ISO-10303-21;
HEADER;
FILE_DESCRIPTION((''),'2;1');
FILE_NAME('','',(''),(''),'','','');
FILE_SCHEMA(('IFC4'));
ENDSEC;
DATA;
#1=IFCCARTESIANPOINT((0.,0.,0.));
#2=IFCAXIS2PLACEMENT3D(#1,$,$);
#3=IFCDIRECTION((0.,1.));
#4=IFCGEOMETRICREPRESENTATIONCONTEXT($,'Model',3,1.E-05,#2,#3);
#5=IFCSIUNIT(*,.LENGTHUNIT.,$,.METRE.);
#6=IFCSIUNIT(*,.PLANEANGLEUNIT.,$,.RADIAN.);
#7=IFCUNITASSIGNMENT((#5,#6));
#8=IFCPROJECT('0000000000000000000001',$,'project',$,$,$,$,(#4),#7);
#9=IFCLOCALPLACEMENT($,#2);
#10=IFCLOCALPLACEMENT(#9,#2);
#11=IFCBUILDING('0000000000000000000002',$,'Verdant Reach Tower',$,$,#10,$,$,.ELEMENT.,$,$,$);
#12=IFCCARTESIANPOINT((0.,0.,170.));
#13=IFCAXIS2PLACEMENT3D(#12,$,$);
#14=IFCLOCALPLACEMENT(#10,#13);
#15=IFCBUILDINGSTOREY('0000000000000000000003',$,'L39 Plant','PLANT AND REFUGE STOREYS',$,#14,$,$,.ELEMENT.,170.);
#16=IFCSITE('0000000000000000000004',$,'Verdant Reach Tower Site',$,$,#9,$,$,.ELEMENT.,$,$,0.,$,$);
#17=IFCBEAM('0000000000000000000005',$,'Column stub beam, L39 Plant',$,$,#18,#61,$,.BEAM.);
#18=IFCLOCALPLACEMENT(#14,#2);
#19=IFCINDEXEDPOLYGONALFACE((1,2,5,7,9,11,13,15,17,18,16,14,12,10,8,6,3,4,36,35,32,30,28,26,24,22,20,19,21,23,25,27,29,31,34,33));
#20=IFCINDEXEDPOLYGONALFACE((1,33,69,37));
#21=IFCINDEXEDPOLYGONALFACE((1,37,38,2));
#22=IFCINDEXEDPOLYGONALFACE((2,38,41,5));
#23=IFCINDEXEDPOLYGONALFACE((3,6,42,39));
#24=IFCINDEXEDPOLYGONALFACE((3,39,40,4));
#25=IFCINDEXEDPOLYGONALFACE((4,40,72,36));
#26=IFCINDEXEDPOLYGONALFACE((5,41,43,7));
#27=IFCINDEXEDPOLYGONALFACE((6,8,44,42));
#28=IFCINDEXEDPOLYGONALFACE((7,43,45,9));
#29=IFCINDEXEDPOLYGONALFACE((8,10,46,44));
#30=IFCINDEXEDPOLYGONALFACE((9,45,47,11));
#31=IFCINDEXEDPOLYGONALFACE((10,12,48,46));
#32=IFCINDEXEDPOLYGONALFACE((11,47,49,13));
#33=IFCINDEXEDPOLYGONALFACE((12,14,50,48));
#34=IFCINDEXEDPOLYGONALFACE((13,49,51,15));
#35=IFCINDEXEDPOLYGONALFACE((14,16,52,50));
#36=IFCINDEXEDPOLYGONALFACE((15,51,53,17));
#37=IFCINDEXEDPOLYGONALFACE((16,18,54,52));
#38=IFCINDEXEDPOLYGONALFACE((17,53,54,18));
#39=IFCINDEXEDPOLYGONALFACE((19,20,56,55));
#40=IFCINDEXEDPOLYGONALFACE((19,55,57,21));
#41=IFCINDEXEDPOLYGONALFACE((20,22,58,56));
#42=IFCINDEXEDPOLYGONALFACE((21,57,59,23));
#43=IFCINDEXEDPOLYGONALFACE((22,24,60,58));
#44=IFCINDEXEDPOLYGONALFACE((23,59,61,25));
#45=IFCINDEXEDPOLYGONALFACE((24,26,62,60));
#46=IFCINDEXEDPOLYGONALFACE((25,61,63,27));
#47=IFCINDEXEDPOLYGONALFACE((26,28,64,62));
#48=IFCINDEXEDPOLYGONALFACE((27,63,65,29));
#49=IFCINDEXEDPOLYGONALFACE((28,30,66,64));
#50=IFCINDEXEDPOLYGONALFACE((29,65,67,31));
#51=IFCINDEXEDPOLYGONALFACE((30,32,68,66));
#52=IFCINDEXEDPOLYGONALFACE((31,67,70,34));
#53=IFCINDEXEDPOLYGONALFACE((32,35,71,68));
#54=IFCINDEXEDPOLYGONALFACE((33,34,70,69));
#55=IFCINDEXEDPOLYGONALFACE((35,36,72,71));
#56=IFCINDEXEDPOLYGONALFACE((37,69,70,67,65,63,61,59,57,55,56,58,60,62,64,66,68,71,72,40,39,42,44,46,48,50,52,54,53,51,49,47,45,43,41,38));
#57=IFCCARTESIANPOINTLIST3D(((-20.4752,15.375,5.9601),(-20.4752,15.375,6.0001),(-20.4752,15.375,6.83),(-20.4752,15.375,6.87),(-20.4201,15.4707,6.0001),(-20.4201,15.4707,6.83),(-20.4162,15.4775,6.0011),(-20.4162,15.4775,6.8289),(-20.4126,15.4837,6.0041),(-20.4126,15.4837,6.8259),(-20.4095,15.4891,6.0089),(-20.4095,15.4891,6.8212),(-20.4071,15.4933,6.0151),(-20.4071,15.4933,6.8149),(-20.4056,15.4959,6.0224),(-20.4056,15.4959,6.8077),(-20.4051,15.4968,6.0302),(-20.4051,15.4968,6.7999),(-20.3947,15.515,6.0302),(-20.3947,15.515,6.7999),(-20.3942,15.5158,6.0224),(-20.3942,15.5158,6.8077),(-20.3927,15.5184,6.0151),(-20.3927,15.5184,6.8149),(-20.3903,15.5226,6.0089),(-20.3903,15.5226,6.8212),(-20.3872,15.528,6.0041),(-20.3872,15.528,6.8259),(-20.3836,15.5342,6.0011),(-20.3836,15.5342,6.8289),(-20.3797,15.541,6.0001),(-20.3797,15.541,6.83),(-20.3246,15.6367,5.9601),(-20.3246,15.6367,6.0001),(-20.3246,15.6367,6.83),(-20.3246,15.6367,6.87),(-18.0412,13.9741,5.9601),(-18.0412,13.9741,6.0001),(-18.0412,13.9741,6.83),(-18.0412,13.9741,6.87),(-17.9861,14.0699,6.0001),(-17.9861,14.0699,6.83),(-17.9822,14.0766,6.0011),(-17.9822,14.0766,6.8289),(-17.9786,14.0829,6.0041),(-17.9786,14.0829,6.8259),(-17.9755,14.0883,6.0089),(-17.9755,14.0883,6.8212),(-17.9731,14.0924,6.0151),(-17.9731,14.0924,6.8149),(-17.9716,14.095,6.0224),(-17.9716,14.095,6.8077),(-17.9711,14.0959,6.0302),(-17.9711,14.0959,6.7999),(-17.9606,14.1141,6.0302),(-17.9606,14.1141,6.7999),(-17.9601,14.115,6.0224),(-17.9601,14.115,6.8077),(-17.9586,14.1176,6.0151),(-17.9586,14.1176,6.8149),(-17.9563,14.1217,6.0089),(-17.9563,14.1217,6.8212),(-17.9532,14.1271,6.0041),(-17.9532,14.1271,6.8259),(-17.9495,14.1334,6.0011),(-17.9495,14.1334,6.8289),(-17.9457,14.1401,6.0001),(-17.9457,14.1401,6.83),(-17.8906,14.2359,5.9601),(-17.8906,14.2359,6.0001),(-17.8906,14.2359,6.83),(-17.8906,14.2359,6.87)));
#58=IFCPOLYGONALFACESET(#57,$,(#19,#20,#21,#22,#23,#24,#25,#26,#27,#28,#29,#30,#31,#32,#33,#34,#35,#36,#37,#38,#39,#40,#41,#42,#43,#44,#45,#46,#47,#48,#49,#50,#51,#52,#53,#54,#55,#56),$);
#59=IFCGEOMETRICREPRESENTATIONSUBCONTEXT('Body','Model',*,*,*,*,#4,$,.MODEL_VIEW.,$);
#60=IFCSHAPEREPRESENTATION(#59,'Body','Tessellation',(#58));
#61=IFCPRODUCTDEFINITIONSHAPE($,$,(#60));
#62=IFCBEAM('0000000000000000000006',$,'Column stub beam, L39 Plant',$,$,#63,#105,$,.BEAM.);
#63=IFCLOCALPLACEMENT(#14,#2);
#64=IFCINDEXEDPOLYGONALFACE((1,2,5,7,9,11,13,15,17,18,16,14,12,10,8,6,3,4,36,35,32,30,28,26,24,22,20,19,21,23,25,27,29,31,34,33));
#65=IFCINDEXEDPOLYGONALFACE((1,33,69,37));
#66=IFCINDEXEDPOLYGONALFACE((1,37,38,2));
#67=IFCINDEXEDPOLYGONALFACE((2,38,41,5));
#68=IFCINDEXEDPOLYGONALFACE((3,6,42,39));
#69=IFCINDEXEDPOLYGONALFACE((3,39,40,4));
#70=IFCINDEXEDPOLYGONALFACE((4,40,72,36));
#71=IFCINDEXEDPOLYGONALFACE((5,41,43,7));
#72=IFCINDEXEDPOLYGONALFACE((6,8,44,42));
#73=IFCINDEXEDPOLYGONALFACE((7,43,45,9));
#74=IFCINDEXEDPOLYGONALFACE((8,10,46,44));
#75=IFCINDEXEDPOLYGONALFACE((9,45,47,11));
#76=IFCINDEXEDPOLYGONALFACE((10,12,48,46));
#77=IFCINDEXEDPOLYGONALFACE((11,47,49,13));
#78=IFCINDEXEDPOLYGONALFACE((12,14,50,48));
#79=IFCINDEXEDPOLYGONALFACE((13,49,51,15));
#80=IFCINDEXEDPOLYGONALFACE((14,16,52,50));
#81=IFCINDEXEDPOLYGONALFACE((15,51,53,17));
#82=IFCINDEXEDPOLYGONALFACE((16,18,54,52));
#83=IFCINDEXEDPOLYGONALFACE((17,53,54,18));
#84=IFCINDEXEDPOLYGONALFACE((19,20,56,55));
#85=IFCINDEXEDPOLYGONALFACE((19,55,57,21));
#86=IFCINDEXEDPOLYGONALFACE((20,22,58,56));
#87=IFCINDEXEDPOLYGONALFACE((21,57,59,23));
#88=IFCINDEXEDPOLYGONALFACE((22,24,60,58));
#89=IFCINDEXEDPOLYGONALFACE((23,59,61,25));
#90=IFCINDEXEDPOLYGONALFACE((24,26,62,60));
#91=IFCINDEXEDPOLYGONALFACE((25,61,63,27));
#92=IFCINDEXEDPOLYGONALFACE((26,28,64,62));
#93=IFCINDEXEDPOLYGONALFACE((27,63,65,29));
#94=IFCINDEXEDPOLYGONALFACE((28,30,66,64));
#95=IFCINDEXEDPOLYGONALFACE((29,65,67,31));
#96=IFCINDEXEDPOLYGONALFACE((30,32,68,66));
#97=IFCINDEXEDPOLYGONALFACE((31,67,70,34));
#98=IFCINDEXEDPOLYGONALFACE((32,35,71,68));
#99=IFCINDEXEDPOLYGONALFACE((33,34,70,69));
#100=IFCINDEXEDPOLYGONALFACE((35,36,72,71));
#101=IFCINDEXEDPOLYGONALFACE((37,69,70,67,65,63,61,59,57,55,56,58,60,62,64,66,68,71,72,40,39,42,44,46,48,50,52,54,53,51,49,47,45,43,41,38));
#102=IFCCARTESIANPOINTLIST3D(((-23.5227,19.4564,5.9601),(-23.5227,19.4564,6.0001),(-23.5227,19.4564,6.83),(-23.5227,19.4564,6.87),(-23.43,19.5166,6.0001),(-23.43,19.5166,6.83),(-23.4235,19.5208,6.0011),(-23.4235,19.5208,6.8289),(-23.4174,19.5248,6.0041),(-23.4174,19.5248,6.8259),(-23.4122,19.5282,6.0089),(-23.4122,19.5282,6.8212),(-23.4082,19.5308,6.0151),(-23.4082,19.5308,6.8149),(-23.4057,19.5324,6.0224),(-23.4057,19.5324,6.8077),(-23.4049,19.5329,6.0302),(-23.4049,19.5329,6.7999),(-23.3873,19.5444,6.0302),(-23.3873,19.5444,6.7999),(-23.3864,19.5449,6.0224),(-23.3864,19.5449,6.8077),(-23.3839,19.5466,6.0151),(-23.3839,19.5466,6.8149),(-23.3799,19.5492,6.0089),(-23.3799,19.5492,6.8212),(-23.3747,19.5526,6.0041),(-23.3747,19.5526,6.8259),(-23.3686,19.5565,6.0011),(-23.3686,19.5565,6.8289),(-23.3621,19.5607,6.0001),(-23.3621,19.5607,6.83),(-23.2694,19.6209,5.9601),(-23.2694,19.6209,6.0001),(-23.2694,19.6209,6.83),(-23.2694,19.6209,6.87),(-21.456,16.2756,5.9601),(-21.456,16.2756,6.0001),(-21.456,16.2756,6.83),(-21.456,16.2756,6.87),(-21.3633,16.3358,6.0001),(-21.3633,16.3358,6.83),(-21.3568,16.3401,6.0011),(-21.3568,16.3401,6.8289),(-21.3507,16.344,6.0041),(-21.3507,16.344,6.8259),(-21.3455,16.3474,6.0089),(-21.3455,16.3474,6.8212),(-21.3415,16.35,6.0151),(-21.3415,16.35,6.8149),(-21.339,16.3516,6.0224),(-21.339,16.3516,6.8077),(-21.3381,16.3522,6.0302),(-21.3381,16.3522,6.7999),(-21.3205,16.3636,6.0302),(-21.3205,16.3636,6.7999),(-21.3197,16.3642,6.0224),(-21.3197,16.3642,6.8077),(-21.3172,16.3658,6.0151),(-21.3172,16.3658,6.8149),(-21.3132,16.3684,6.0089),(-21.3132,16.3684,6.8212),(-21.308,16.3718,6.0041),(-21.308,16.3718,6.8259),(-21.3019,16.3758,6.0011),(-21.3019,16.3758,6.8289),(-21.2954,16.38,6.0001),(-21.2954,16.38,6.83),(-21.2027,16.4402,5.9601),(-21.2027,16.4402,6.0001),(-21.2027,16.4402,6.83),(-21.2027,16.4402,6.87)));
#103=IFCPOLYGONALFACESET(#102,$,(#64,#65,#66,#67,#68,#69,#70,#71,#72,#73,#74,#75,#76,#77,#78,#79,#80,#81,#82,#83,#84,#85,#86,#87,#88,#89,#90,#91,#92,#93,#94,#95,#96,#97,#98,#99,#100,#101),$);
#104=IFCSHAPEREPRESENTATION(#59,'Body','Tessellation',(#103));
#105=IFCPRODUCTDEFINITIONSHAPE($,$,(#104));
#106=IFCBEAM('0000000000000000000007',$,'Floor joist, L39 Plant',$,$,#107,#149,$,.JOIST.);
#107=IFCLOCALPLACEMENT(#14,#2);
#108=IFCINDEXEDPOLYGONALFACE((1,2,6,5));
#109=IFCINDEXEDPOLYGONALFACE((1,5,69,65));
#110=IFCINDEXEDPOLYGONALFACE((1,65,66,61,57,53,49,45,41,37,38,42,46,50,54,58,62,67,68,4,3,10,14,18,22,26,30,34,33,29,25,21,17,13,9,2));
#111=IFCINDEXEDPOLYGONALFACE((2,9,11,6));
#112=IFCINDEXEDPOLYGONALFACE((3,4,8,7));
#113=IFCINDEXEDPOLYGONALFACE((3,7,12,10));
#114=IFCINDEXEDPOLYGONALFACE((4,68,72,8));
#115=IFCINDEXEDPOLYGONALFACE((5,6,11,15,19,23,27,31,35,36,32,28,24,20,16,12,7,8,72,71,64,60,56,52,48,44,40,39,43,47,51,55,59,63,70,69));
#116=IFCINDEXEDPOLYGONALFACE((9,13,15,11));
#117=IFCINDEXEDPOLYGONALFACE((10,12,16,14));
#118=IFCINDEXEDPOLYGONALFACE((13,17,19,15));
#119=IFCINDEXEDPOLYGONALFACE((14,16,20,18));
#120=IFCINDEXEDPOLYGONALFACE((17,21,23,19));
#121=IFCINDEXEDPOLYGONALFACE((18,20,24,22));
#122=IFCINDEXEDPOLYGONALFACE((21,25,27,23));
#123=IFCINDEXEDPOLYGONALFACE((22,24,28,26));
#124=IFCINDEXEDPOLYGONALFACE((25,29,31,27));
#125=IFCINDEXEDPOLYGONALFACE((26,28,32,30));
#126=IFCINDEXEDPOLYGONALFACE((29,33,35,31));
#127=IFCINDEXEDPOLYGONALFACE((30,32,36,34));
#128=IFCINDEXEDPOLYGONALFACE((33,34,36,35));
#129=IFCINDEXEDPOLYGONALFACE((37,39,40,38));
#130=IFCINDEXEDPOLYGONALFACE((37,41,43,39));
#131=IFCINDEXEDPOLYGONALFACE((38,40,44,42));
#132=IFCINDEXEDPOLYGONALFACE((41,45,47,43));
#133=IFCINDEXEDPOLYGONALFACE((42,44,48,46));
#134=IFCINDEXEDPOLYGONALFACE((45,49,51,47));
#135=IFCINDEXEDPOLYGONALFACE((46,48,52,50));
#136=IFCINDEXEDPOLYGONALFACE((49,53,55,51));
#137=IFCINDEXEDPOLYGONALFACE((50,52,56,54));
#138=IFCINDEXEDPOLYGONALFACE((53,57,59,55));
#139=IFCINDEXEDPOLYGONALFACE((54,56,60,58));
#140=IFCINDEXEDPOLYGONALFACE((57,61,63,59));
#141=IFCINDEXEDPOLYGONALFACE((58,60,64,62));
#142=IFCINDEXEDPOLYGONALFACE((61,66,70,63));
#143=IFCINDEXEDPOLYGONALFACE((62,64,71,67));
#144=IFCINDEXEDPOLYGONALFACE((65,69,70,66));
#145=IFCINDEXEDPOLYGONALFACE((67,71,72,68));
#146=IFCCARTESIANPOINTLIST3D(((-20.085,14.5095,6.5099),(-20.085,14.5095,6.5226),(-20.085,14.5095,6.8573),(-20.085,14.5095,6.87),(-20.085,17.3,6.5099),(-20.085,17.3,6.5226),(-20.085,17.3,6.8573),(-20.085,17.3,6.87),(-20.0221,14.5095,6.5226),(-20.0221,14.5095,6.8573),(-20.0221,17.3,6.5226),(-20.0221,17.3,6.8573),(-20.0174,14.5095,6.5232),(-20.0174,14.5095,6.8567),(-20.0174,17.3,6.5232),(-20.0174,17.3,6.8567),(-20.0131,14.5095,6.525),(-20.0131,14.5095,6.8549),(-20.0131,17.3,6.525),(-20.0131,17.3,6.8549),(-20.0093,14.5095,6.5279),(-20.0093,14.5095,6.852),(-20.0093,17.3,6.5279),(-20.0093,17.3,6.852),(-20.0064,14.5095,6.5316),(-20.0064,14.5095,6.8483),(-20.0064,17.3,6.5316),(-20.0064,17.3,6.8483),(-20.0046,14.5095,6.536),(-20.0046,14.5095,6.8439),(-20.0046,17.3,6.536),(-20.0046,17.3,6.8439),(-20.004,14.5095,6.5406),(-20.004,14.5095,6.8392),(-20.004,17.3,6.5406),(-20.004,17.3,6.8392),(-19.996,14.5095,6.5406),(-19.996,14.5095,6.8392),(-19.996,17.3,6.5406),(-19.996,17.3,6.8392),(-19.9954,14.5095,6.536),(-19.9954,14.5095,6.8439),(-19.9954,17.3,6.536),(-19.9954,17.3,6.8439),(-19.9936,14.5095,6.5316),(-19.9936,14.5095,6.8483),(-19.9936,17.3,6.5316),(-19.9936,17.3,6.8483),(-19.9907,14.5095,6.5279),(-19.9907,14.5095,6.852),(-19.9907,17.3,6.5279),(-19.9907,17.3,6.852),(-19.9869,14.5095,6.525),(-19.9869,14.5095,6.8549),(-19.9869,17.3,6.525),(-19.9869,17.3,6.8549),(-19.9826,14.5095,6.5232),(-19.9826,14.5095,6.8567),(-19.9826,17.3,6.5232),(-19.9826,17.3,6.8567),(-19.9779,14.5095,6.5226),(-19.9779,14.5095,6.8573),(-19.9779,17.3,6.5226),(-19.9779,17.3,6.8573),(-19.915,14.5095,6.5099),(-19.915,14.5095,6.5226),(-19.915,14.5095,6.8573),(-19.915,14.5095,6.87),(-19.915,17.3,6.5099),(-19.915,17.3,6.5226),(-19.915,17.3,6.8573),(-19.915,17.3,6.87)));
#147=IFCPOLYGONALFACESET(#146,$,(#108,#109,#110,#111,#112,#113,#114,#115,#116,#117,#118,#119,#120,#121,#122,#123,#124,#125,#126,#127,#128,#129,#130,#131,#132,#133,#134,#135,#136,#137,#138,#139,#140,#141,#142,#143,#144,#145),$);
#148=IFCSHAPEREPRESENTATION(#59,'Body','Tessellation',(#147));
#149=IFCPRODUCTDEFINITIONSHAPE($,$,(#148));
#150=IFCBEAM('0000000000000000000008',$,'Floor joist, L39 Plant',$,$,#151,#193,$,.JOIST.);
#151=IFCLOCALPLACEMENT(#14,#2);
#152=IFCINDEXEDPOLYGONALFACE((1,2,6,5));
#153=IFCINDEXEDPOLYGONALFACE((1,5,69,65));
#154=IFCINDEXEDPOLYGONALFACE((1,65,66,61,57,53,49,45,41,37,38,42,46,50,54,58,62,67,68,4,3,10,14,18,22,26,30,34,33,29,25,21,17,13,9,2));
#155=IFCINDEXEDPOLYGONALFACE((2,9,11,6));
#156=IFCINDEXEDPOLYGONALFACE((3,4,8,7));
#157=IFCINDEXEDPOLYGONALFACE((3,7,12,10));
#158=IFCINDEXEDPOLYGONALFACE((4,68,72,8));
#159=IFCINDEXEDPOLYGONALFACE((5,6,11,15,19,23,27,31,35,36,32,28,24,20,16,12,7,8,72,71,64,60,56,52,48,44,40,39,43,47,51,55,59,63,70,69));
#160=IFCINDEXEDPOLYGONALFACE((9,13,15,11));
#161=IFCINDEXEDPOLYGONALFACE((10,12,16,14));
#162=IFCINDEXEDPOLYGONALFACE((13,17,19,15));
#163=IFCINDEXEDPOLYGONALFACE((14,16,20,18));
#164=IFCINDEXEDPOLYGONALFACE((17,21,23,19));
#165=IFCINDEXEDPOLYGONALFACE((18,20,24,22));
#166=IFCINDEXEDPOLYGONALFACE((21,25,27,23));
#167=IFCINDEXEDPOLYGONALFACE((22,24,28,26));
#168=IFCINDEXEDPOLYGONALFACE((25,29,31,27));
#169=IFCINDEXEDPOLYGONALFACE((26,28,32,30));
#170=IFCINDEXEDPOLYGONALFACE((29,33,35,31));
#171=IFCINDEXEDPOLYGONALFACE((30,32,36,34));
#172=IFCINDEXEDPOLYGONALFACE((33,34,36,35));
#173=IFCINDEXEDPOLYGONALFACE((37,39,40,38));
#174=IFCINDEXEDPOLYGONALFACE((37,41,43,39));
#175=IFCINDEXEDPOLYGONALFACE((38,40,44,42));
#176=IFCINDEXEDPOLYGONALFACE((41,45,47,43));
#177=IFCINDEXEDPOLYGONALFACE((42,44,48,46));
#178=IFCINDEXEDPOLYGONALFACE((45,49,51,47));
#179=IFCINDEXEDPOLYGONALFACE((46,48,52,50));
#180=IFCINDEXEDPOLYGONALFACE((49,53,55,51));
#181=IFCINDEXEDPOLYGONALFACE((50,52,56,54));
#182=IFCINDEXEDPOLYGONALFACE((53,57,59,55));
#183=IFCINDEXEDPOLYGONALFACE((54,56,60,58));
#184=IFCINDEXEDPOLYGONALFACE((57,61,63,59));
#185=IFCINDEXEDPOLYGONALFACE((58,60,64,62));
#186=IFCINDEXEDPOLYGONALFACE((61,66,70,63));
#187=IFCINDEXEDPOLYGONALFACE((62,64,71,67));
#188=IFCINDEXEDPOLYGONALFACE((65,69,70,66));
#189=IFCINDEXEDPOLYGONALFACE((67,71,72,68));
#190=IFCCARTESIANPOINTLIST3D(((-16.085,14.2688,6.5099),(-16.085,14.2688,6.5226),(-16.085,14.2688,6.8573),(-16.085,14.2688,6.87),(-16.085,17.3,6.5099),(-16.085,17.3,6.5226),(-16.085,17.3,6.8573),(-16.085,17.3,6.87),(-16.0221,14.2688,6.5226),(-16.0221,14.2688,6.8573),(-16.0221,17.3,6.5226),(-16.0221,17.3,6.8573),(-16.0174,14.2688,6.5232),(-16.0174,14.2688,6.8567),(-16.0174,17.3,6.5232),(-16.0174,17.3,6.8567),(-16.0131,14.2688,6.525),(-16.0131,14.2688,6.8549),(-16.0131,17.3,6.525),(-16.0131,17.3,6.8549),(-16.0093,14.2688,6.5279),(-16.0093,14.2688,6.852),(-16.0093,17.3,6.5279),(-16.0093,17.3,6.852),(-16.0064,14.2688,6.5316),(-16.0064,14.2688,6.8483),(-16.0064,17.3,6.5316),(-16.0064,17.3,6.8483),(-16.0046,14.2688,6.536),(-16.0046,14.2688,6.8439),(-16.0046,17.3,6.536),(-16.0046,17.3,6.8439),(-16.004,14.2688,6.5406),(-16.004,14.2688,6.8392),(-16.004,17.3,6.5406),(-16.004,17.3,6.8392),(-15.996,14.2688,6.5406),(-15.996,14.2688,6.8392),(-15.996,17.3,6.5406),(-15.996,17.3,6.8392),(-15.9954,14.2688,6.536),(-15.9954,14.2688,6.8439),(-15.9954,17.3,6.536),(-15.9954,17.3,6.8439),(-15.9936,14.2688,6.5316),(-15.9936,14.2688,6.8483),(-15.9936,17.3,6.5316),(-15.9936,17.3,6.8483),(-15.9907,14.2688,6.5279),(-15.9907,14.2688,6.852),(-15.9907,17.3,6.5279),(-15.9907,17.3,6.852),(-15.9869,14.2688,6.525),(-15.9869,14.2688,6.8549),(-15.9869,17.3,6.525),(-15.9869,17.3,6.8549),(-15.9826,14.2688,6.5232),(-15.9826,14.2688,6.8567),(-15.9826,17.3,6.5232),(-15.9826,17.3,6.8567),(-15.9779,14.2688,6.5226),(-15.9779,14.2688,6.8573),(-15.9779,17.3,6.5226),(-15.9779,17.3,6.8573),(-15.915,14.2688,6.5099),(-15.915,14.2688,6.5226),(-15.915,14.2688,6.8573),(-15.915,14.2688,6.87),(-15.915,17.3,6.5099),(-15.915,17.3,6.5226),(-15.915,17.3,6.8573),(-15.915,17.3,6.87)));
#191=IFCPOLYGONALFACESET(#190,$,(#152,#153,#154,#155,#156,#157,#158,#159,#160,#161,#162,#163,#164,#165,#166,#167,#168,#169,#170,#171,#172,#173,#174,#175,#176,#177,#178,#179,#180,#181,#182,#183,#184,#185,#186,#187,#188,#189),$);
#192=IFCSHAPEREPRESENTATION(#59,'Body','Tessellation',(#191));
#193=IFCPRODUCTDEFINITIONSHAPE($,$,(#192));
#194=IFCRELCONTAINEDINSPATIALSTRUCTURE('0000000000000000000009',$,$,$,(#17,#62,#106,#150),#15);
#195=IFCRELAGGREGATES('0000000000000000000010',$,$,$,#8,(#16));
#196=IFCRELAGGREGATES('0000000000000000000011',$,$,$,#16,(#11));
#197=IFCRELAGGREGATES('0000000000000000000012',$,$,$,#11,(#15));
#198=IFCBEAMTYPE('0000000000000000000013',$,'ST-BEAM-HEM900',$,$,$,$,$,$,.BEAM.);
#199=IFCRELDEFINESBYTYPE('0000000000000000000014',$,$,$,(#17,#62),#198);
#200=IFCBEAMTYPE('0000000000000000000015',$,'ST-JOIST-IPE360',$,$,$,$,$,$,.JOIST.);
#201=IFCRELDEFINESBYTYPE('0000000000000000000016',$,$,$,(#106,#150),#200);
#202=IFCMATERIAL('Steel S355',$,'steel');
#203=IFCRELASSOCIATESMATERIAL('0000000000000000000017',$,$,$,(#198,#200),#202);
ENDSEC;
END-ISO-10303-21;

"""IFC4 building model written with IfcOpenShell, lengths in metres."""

from ifc_helpers import new_model, si_unit, direction, frame, origin, origin_2d, place, context, subcontext, project, spatial, i_section, extrude, material, material_profile, profile_set, type_object, element, save


model = new_model("IFC4")

# Units and contexts
model_context = context("Model", 3, precision=1e-05, world=origin(), true_north=direction((0.0, 1.0)))
body_context = subcontext(model_context, "Body", "Model", "MODEL_VIEW")
ifc_project = project(units=[si_unit("LENGTHUNIT", "METRE"), si_unit("PLANEANGLEUNIT", "RADIAN")], contexts=[model_context])

# Site, building, storey
site_placement = place(None, origin())
site = spatial("IfcSite", under=ifc_project, at=site_placement, Name="Verdant Reach Tower Site", CompositionType="ELEMENT", RefElevation=0.0)
building_placement = place(site_placement, origin())
building = spatial("IfcBuilding", under=site, at=building_placement, Name="Verdant Reach Tower", CompositionType="ELEMENT")
storey_placement = place(building_placement, frame((0.0, 0.0, 170.0)))
storey = spatial("IfcBuildingStorey", under=building, at=storey_placement, Name="L39 Plant", Description="PLANT AND REFUGE STOREYS", CompositionType="ELEMENT", Elevation=170.0)

# Beams
ifc_material_1 = material(Name="Steel S355", Category="steel")
ifc_material_profile_1 = material_profile(ifc_material_1, i_section(OverallWidth=0.302, OverallDepth=0.9099, WebThickness=0.021, FlangeThickness=0.04, FilletRadius=0.03, at=origin_2d()), Name="HEM 900")
ifc_profile_set_1 = profile_set([ifc_material_profile_1], Name="Steel S355")
beam_type_1 = type_object("IfcBeamType", Name="ST-BEAM-HEM900", PredefinedType="BEAM", material=ifc_profile_set_1)
beam_1_placement = place(storey_placement, frame((-20.3999, 15.5059, 6.415), z_axis=(0.866709, -0.498814, 0.0), x_axis=(0.498814, 0.866709, 0.0)))
element("IfcBeam", 1, at=beam_1_placement, inside=storey, type_object=beam_type_1, Name="Column stub beam, L39 Plant", PredefinedType="BEAM", context=body_context, shape_type="SweptSolid", body=[
    extrude(i_section(OverallWidth=0.302, OverallDepth=0.9099, WebThickness=0.021, FlangeThickness=0.04, FilletRadius=0.03, at=origin_2d()), origin(), (0.0, 0.0, 1.0), 2.8083),
])
beam_2_placement = place(storey_placement, frame((-21.3293, 16.3579, 6.415), z_axis=(-0.544844, 0.838538, 0.0), x_axis=(-0.838538, -0.544844, 0.0)))
element("IfcBeam", 2, at=beam_2_placement, inside=storey, type_object=beam_type_1, Name="Column stub beam, L39 Plant", PredefinedType="BEAM", context=body_context, shape_type="SweptSolid", body=[
    extrude(i_section(OverallWidth=0.302, OverallDepth=0.9099, WebThickness=0.021, FlangeThickness=0.04, FilletRadius=0.03, at=origin_2d()), origin(), (0.0, 0.0, 1.0), 3.7932),
])
ifc_material_profile_2 = material_profile(ifc_material_1, i_section(OverallWidth=0.1699, OverallDepth=0.3601, WebThickness=0.0081, FlangeThickness=0.0127, FilletRadius=0.0181, at=origin_2d()), Name="IPE 360")
ifc_profile_set_2 = profile_set([ifc_material_profile_2], Name="Steel S355")
beam_type_2 = type_object("IfcBeamType", Name="ST-JOIST-IPE360", PredefinedType="JOIST", material=ifc_profile_set_2)
beam_3_placement = place(storey_placement, frame((-20.0, 17.3, 6.6899), z_axis=(0.0, -1.0, 0.0), x_axis=(1.0, 0.0, 0.0)))
element("IfcBeam", 3, at=beam_3_placement, inside=storey, type_object=beam_type_2, Name="Floor joist, L39 Plant", PredefinedType="JOIST", context=body_context, shape_type="SweptSolid", body=[
    extrude(i_section(OverallWidth=0.1699, OverallDepth=0.3601, WebThickness=0.0081, FlangeThickness=0.0127, FilletRadius=0.0181, at=origin_2d()), origin(), (0.0, 0.0, 1.0), 2.7905),
])
beam_4_placement = place(storey_placement, frame((-16.0, 17.3, 6.6899), z_axis=(0.0, -1.0, 0.0), x_axis=(1.0, 0.0, 0.0)))
element("IfcBeam", 4, at=beam_4_placement, inside=storey, type_object=beam_type_2, Name="Floor joist, L39 Plant", PredefinedType="JOIST", context=body_context, shape_type="SweptSolid", body=[
    extrude(i_section(OverallWidth=0.1699, OverallDepth=0.3601, WebThickness=0.0081, FlangeThickness=0.0127, FilletRadius=0.0181, at=origin_2d()), origin(), (0.0, 0.0, 1.0), 3.0312),
])

save(model, "model.ifc")
